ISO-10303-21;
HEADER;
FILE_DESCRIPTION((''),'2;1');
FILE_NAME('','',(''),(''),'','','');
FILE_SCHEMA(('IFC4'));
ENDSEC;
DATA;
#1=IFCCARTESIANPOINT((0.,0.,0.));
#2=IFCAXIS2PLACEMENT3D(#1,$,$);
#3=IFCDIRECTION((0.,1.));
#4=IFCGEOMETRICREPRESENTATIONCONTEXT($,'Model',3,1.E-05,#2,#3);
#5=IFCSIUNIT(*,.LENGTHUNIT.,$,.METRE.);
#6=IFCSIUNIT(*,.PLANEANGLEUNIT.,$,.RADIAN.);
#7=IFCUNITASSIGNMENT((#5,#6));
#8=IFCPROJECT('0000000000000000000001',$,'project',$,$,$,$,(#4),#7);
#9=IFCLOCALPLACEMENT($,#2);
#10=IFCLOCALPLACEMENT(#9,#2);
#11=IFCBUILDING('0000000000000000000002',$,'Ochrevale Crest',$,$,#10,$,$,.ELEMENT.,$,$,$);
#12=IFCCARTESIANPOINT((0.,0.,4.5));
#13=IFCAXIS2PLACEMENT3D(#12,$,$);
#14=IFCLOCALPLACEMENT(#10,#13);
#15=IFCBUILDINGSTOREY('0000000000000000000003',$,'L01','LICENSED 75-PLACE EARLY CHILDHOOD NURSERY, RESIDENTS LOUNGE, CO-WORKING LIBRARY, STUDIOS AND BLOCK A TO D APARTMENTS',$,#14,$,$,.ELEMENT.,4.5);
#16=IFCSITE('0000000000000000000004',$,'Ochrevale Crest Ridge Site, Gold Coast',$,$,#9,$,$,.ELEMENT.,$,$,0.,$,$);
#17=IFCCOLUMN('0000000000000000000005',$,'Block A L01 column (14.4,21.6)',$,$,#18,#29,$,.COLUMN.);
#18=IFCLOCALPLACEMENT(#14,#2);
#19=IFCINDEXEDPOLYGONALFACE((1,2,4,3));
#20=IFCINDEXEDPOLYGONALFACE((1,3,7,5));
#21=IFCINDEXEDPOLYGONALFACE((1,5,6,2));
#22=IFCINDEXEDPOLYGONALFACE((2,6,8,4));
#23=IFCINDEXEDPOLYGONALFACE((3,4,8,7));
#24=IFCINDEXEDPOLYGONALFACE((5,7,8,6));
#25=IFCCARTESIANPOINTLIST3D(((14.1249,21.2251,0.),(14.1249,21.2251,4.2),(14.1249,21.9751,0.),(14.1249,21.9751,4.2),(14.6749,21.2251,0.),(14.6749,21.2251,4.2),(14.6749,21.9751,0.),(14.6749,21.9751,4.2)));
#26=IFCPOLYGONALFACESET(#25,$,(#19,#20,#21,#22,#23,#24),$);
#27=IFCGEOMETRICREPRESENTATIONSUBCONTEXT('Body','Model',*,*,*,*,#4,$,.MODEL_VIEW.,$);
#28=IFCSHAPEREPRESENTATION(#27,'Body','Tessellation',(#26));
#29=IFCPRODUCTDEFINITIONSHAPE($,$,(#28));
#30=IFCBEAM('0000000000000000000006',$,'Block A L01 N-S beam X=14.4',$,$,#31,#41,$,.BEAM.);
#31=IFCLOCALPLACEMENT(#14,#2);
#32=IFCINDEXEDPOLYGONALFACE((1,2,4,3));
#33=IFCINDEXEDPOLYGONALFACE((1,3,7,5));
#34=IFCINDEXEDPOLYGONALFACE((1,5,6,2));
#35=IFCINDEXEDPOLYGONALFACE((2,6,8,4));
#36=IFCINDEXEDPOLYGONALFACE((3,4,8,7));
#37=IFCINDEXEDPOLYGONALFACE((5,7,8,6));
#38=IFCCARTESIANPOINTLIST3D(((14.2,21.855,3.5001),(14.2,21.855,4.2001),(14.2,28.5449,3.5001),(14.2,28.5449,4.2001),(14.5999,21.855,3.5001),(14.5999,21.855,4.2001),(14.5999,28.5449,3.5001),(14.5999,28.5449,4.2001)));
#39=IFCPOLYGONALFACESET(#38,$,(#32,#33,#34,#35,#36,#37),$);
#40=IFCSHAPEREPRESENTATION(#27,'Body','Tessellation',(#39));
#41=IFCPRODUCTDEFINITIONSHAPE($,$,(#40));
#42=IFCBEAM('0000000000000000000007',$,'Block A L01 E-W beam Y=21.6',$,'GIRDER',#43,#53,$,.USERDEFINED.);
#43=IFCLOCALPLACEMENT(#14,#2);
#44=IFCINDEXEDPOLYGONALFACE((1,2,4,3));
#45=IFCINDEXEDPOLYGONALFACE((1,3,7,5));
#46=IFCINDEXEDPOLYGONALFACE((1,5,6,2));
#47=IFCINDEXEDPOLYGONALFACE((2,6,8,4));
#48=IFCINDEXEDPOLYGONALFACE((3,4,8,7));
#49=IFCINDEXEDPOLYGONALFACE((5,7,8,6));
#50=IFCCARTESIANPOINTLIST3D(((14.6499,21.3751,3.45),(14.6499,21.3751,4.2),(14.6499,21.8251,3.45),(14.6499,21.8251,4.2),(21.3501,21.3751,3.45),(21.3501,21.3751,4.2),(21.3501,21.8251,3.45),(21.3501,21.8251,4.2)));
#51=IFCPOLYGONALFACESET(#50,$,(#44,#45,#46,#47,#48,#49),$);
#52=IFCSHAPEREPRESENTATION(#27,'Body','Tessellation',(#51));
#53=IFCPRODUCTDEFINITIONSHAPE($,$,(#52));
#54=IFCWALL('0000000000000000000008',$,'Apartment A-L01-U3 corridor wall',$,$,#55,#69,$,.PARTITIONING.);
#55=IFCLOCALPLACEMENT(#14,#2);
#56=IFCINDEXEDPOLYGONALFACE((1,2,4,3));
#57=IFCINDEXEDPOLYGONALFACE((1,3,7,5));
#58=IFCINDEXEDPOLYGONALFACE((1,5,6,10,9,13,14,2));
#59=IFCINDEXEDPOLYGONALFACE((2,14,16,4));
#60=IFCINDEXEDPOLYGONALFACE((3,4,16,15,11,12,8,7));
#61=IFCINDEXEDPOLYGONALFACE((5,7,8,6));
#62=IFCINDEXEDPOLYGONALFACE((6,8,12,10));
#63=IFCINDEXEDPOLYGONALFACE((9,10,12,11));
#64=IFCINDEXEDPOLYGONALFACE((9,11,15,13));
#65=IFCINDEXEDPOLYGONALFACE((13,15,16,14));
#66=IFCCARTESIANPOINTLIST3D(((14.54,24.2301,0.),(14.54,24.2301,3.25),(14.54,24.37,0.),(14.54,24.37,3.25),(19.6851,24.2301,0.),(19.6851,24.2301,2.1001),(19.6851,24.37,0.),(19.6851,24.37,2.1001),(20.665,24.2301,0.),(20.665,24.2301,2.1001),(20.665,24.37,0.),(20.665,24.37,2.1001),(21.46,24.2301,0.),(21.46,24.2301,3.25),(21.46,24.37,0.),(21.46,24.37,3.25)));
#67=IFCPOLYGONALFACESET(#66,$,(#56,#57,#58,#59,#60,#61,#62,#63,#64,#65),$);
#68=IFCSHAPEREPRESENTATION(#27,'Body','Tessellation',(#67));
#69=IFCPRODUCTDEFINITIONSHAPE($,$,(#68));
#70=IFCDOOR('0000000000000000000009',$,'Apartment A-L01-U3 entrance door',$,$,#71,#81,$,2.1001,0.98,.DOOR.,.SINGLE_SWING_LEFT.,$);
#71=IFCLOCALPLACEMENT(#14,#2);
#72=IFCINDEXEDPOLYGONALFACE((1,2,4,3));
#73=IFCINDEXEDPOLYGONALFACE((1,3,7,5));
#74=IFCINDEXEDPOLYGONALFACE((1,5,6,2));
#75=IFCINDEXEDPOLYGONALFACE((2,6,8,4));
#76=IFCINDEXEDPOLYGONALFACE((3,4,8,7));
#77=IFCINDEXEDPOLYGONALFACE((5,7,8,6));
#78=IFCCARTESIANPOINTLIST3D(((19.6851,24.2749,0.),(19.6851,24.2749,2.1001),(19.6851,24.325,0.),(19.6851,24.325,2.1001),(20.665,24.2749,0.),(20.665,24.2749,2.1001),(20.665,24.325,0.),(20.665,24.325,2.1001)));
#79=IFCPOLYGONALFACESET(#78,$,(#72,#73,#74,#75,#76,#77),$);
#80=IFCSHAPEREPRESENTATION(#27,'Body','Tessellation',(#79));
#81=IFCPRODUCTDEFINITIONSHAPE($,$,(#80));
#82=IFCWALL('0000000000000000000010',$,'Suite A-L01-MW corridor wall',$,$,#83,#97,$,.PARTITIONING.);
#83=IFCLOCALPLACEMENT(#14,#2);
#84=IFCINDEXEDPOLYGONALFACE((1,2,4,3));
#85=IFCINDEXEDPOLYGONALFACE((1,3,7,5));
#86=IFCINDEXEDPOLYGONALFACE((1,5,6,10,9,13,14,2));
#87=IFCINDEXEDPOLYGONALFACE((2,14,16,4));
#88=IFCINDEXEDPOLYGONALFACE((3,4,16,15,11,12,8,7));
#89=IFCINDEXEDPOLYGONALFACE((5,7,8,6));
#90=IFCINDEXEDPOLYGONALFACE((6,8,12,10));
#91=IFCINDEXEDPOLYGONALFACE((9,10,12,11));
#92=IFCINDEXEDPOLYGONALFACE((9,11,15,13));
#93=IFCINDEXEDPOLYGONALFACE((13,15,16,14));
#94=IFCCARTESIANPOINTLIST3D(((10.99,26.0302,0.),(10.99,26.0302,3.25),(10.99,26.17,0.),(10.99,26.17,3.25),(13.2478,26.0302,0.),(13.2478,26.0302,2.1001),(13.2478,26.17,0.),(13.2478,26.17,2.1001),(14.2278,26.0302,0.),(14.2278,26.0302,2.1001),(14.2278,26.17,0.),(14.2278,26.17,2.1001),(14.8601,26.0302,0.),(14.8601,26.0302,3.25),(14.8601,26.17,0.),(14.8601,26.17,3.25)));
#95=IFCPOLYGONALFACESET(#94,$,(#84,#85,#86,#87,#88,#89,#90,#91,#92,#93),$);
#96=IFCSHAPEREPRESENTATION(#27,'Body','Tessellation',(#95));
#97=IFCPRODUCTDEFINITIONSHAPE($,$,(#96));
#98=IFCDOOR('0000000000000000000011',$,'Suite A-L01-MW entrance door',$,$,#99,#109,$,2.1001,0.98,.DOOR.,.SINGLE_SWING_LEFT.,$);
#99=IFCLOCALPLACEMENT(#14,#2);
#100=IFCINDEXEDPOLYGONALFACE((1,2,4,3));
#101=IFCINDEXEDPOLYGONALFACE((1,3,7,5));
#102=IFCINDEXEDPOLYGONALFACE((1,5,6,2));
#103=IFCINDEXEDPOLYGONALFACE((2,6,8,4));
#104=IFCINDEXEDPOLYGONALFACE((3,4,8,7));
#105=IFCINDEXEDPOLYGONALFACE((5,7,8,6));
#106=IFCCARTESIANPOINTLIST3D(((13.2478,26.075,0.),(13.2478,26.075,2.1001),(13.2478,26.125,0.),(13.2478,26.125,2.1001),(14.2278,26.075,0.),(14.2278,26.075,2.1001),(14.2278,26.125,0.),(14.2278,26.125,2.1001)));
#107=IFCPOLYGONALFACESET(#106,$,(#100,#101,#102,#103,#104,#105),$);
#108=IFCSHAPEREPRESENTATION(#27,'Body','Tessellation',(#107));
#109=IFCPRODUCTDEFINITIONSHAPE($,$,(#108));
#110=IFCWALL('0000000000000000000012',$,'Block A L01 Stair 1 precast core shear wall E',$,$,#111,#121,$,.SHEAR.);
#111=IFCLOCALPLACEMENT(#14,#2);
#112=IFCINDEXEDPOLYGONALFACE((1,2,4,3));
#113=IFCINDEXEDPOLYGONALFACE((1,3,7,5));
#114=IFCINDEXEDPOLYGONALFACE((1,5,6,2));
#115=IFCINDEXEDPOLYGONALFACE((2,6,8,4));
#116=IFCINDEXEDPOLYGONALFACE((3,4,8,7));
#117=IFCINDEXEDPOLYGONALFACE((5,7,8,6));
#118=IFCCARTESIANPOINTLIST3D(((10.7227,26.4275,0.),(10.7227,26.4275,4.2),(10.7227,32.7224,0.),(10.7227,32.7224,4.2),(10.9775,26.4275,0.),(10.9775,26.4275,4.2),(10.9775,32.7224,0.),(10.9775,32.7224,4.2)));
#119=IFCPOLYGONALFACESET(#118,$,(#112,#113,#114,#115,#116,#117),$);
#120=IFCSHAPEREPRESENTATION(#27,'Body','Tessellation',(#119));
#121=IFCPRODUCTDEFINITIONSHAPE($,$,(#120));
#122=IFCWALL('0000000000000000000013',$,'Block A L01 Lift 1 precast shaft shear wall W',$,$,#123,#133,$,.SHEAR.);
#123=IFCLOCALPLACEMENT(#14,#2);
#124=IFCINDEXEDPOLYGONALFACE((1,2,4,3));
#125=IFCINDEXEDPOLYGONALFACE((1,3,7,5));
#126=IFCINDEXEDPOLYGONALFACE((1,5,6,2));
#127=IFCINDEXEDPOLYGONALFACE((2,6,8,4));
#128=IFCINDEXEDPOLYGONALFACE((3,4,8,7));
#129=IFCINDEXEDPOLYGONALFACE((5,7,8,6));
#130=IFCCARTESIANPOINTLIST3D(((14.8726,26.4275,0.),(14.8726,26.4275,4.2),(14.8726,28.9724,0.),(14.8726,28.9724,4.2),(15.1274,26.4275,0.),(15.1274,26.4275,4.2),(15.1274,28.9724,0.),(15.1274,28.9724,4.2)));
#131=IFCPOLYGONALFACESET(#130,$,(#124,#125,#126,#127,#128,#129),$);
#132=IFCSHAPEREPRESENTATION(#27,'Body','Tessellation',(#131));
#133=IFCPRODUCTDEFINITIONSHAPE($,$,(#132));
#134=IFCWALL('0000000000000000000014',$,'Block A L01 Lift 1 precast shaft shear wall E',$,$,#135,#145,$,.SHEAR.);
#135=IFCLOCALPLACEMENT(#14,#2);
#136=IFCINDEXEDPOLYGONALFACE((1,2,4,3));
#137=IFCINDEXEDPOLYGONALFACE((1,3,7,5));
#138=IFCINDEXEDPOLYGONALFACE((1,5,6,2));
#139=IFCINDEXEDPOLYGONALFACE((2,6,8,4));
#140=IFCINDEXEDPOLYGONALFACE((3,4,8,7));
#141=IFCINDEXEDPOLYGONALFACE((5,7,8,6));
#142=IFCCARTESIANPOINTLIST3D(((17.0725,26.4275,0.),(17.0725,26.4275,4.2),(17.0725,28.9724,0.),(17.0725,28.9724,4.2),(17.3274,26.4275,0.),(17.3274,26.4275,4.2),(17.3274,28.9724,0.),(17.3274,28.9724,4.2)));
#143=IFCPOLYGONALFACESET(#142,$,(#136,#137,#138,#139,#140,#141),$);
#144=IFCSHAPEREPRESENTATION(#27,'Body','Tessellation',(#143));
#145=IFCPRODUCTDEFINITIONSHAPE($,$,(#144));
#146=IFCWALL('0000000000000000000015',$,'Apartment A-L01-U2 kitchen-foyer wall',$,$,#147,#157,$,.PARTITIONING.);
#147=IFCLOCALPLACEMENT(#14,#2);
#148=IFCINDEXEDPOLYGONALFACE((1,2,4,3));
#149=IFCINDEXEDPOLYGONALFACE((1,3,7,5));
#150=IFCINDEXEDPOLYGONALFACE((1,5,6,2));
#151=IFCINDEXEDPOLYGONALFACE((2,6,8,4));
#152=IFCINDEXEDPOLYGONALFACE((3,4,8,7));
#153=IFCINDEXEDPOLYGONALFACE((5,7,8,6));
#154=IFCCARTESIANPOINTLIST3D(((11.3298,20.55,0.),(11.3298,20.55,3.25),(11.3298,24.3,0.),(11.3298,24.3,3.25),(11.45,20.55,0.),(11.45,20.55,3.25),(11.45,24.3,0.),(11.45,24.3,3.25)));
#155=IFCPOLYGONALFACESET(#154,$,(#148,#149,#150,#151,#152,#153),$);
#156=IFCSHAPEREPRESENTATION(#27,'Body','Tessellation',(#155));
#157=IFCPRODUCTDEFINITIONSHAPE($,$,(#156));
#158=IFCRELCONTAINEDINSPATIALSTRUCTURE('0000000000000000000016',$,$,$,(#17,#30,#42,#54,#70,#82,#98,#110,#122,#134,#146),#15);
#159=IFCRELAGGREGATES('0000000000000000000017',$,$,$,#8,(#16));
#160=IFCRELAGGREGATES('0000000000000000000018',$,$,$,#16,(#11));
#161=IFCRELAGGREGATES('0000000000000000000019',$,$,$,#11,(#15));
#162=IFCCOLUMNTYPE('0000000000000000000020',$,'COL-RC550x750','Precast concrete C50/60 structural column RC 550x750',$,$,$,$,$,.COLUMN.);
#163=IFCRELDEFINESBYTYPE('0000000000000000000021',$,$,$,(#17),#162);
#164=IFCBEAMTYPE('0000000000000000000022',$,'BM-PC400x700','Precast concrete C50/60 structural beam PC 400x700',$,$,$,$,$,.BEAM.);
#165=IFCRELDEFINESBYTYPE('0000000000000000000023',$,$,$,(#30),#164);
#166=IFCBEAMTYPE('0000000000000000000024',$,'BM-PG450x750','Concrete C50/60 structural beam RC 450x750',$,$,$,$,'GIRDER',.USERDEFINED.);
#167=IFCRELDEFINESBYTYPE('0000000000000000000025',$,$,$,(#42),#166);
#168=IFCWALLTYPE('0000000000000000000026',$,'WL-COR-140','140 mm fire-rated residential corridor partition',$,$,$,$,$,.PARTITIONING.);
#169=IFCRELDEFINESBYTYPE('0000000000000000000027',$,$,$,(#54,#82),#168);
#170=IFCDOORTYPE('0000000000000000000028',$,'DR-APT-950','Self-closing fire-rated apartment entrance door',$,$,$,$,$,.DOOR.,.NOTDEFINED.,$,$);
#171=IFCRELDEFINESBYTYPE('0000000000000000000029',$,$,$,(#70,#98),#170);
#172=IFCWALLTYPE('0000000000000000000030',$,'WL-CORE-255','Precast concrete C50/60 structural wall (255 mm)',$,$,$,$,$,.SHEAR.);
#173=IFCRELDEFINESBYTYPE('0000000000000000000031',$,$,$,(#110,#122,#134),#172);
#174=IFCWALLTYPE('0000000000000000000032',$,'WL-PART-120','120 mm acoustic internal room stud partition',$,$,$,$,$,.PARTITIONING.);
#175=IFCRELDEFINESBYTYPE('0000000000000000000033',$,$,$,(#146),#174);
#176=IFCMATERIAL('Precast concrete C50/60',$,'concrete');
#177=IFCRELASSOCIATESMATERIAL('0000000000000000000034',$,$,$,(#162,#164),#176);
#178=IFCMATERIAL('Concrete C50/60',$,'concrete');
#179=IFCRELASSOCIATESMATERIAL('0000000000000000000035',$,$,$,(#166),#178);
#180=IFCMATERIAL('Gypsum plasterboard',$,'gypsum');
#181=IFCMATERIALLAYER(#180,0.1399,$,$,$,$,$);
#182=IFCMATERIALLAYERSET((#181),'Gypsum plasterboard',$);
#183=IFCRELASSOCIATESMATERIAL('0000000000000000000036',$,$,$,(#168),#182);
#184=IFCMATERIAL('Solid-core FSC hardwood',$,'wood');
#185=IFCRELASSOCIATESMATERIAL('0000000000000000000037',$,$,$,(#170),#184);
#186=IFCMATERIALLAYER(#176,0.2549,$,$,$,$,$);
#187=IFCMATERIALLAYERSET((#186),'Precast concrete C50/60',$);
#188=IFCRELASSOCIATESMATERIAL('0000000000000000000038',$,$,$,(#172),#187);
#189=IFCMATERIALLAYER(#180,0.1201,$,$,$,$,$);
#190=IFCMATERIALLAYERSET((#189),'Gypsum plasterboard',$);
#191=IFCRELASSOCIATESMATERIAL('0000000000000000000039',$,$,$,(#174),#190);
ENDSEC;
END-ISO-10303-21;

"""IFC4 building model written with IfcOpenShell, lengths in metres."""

from ifc_helpers import new_model, si_unit, direction, frame, frame_2d, origin, origin_2d, place, context, subcontext, project, spatial, rectangle, extrude, material, layer, layer_set, material_profile, profile_set, type_object, element, fill, save


model = new_model("IFC4")

# Units and contexts
model_context = context("Model", 3, precision=1e-05, world=origin(), true_north=direction((0.0, 1.0)))
body_context = subcontext(model_context, "Body", "Model", "MODEL_VIEW")
ifc_project = project(units=[si_unit("LENGTHUNIT", "METRE"), si_unit("PLANEANGLEUNIT", "RADIAN")], contexts=[model_context])

# Site, building, storey
site_placement = place(None, origin())
site = spatial("IfcSite", under=ifc_project, at=site_placement, Name="Ochrevale Crest Ridge Site, Gold Coast", CompositionType="ELEMENT", RefElevation=0.0)
building_placement = place(site_placement, origin())
building = spatial("IfcBuilding", under=site, at=building_placement, Name="Ochrevale Crest", CompositionType="ELEMENT")
storey_placement = place(building_placement, frame((0.0, 0.0, 4.5)))
storey = spatial("IfcBuildingStorey", under=building, at=storey_placement, Name="L01", Description="LICENSED 75-PLACE EARLY CHILDHOOD NURSERY, RESIDENTS LOUNGE, CO-WORKING LIBRARY, STUDIOS AND BLOCK A TO D APARTMENTS", CompositionType="ELEMENT", Elevation=4.5)

# Column
ifc_material_1 = material(Name="Precast concrete C50/60", Category="concrete")
ifc_material_profile_1 = material_profile(ifc_material_1, rectangle(XDim=0.55, YDim=0.75, at=origin_2d()), Name="RC 550x750")
ifc_profile_set_1 = profile_set([ifc_material_profile_1], Name="Precast concrete C50/60")
column_type = type_object("IfcColumnType", Name="COL-RC550x750", Description="Precast concrete C50/60 structural column RC 550x750", PredefinedType="COLUMN", material=ifc_profile_set_1)
column_placement = place(storey_placement, frame((14.3999, 21.6001, 0.0), z_axis=(0.0, 0.0, 1.0), x_axis=(1.0, 0.0, 0.0)))
element("IfcColumn", 1, at=column_placement, inside=storey, type_object=column_type, Name="Block A L01 column (14.4,21.6)", PredefinedType="COLUMN", context=body_context, shape_type="SweptSolid", body=[
    extrude(rectangle(XDim=0.55, YDim=0.75, at=origin_2d()), origin(), (0.0, 0.0, 1.0), 4.2),
])

# Beams
ifc_material_profile_2 = material_profile(ifc_material_1, rectangle(XDim=0.3999, YDim=0.7, at=origin_2d()), Name="PC 400x700")
ifc_profile_set_2 = profile_set([ifc_material_profile_2], Name="Precast concrete C50/60")
beam_type_1 = type_object("IfcBeamType", Name="BM-PC400x700", Description="Precast concrete C50/60 structural beam PC 400x700", PredefinedType="BEAM", material=ifc_profile_set_2)
beam_1_placement = place(storey_placement, frame((14.3999, 21.855, 3.8501), z_axis=(0.0, 1.0, 0.0), x_axis=(-1.0, 0.0, 0.0)))
element("IfcBeam", 2, at=beam_1_placement, inside=storey, type_object=beam_type_1, Name="Block A L01 N-S beam X=14.4", PredefinedType="BEAM", context=body_context, shape_type="SweptSolid", body=[
    extrude(rectangle(XDim=0.3999, YDim=0.7, at=origin_2d()), origin(), (0.0, 0.0, 1.0), 6.6899),
])
ifc_material_2 = material(Name="Concrete C50/60", Category="concrete")
ifc_material_profile_3 = material_profile(ifc_material_2, rectangle(XDim=0.45, YDim=0.75, at=origin_2d()), Name="RC 450x750")
ifc_profile_set_3 = profile_set([ifc_material_profile_3], Name="Concrete C50/60")
beam_type_2 = type_object("IfcBeamType", Name="BM-PG450x750", Description="Concrete C50/60 structural beam RC 450x750", ElementType="GIRDER", PredefinedType="USERDEFINED", material=ifc_profile_set_3)
beam_2_placement = place(storey_placement, frame((14.6499, 21.6001, 3.825), z_axis=(1.0, 0.0, 0.0), x_axis=(0.0, 1.0, 0.0)))
element("IfcBeam", 3, at=beam_2_placement, inside=storey, type_object=beam_type_2, Name="Block A L01 E-W beam Y=21.6", ObjectType="GIRDER", PredefinedType="USERDEFINED", context=body_context, shape_type="SweptSolid", body=[
    extrude(rectangle(XDim=0.45, YDim=0.75, at=origin_2d()), origin(), (0.0, 0.0, 1.0), 6.7002),
])

# Walls, openings, doors
ifc_material_3 = material(Name="Gypsum plasterboard", Category="gypsum")
ifc_layer_1 = layer(ifc_material_3, 0.1399)
ifc_layer_set_1 = layer_set([ifc_layer_1], Name="Gypsum plasterboard")
wall_type_1 = type_object("IfcWallType", Name="WL-COR-140", Description="140 mm fire-rated residential corridor partition", PredefinedType="PARTITIONING", material=ifc_layer_set_1)
wall_1_placement = place(storey_placement, frame((14.54, 24.3, 0.0), z_axis=(0.0, 0.0, 1.0), x_axis=(1.0, 0.0, 0.0)))
wall_1 = element("IfcWall", 4, at=wall_1_placement, inside=storey, type_object=wall_type_1, Name="Apartment A-L01-U3 corridor wall", PredefinedType="PARTITIONING", context=body_context, shape_type="SweptSolid", body=[
    extrude(rectangle(XDim=6.9199, YDim=0.1399, at=frame_2d((3.46, 0.0))), origin(), (0.0, 0.0, 1.0), 3.25),
])
opening_1_placement = place(wall_1_placement, frame((5.145, 0.0, 0.0)))
opening_1 = element("IfcOpeningElement", 5, at=opening_1_placement, cuts=wall_1, PredefinedType="OPENING", context=body_context, shape_type="SweptSolid", body=[
    extrude(rectangle(XDim=0.98, YDim=2.1001, at=frame_2d((0.49, 1.05))), frame((0.0, 0.0801, 0.0), z_axis=(0.0, -1.0, 0.0), x_axis=(1.0, 0.0, 0.0)), (0.0, 0.0, 1.0), 0.1599),
])
ifc_material_4 = material(Name="Solid-core FSC hardwood", Category="wood")
door_type_1 = type_object("IfcDoorType", Name="DR-APT-950", Description="Self-closing fire-rated apartment entrance door", OperationType="NOTDEFINED", PredefinedType="DOOR", material=ifc_material_4)
door_1_placement = place(opening_1_placement, origin())
door_1 = element("IfcDoor", 6, at=door_1_placement, inside=storey, type_object=door_type_1, Name="Apartment A-L01-U3 entrance door", OperationType="SINGLE_SWING_LEFT", OverallHeight=2.1001, OverallWidth=0.98, PredefinedType="DOOR", context=body_context, shape_type="SweptSolid", body=[
    extrude(rectangle(XDim=0.98, YDim=2.1001, at=frame_2d((0.49, 1.05))), frame((0.0, 0.0249, 0.0), z_axis=(0.0, -1.0, 0.0), x_axis=(1.0, 0.0, 0.0)), (0.0, 0.0, 1.0), 0.05),
])
fill(opening_1, door_1)
wall_2_placement = place(storey_placement, frame((10.99, 26.1001, 0.0), z_axis=(0.0, 0.0, 1.0), x_axis=(1.0, 0.0, 0.0)))
wall_2 = element("IfcWall", 7, at=wall_2_placement, inside=storey, type_object=wall_type_1, Name="Suite A-L01-MW corridor wall", PredefinedType="PARTITIONING", context=body_context, shape_type="SweptSolid", body=[
    extrude(rectangle(XDim=3.8701, YDim=0.1399, at=frame_2d((1.9351, 0.0))), origin(), (0.0, 0.0, 1.0), 3.25),
])
opening_2_placement = place(wall_2_placement, frame((2.2578, 0.0, 0.0)))
opening_2 = element("IfcOpeningElement", 8, at=opening_2_placement, cuts=wall_2, PredefinedType="OPENING", context=body_context, shape_type="SweptSolid", body=[
    extrude(rectangle(XDim=0.98, YDim=2.1001, at=frame_2d((0.49, 1.05))), frame((0.0, 0.0801, 0.0), z_axis=(0.0, -1.0, 0.0), x_axis=(1.0, 0.0, 0.0)), (0.0, 0.0, 1.0), 0.1599),
])
door_2_placement = place(opening_2_placement, origin())
door_2 = element("IfcDoor", 9, at=door_2_placement, inside=storey, type_object=door_type_1, Name="Suite A-L01-MW entrance door", OperationType="SINGLE_SWING_LEFT", OverallHeight=2.1001, OverallWidth=0.98, PredefinedType="DOOR", context=body_context, shape_type="SweptSolid", body=[
    extrude(rectangle(XDim=0.98, YDim=2.1001, at=frame_2d((0.49, 1.05))), frame((0.0, 0.0249, 0.0), z_axis=(0.0, -1.0, 0.0), x_axis=(1.0, 0.0, 0.0)), (0.0, 0.0, 1.0), 0.05),
])
fill(opening_2, door_2)

# Wall
ifc_layer_2 = layer(ifc_material_1, 0.2549)
ifc_layer_set_2 = layer_set([ifc_layer_2], Name="Precast concrete C50/60")
wall_type_2 = type_object("IfcWallType", Name="WL-CORE-255", Description="Precast concrete C50/60 structural wall (255 mm)", PredefinedType="SHEAR", material=ifc_layer_set_2)
wall_3_placement = place(storey_placement, frame((10.8501, 26.4275, 0.0), z_axis=(0.0, 0.0, 1.0), x_axis=(0.0, 1.0, 0.0)))
element("IfcWall", 10, at=wall_3_placement, inside=storey, type_object=wall_type_2, Name="Block A L01 Stair 1 precast core shear wall E", PredefinedType="SHEAR", context=body_context, shape_type="SweptSolid", body=[
    extrude(rectangle(XDim=6.2949, YDim=0.2549, at=frame_2d((3.1475, 0.0))), origin(), (0.0, 0.0, 1.0), 4.2),
])

# Walls
for number, where, z_axis, x_axis, name in (
    (11, (15.0, 26.4275, 0.0), (0.0, 0.0, 1.0), (0.0, 1.0, 0.0), "Block A L01 Lift 1 precast shaft shear wall W"),
    (12, (17.2, 26.4275, 0.0), (0.0, 0.0, 1.0), (0.0, 1.0, 0.0), "Block A L01 Lift 1 precast shaft shear wall E"),
):
    element("IfcWall", number, at=place(storey_placement, frame(where, z_axis=z_axis, x_axis=x_axis)), inside=storey, type_object=wall_type_2, Name=name, PredefinedType="SHEAR", context=body_context, shape_type="SweptSolid", body=[
        extrude(rectangle(XDim=2.5449, YDim=0.2549, at=frame_2d((1.2725, 0.0))), origin(), (0.0, 0.0, 1.0), 4.2),
    ])

# Wall
ifc_layer_3 = layer(ifc_material_3, 0.1201)
ifc_layer_set_3 = layer_set([ifc_layer_3], Name="Gypsum plasterboard")
wall_type_3 = type_object("IfcWallType", Name="WL-PART-120", Description="120 mm acoustic internal room stud partition", PredefinedType="PARTITIONING", material=ifc_layer_set_3)
wall_4_placement = place(storey_placement, frame((11.3899, 20.55, 0.0), z_axis=(0.0, 0.0, 1.0), x_axis=(0.0, 1.0, 0.0)))
element("IfcWall", 13, at=wall_4_placement, inside=storey, type_object=wall_type_3, Name="Apartment A-L01-U2 kitchen-foyer wall", PredefinedType="PARTITIONING", context=body_context, shape_type="SweptSolid", body=[
    extrude(rectangle(XDim=3.75, YDim=0.1201, at=frame_2d((1.875, 0.0))), origin(), (0.0, 0.0, 1.0), 3.25),
])

save(model, "model.ifc")
